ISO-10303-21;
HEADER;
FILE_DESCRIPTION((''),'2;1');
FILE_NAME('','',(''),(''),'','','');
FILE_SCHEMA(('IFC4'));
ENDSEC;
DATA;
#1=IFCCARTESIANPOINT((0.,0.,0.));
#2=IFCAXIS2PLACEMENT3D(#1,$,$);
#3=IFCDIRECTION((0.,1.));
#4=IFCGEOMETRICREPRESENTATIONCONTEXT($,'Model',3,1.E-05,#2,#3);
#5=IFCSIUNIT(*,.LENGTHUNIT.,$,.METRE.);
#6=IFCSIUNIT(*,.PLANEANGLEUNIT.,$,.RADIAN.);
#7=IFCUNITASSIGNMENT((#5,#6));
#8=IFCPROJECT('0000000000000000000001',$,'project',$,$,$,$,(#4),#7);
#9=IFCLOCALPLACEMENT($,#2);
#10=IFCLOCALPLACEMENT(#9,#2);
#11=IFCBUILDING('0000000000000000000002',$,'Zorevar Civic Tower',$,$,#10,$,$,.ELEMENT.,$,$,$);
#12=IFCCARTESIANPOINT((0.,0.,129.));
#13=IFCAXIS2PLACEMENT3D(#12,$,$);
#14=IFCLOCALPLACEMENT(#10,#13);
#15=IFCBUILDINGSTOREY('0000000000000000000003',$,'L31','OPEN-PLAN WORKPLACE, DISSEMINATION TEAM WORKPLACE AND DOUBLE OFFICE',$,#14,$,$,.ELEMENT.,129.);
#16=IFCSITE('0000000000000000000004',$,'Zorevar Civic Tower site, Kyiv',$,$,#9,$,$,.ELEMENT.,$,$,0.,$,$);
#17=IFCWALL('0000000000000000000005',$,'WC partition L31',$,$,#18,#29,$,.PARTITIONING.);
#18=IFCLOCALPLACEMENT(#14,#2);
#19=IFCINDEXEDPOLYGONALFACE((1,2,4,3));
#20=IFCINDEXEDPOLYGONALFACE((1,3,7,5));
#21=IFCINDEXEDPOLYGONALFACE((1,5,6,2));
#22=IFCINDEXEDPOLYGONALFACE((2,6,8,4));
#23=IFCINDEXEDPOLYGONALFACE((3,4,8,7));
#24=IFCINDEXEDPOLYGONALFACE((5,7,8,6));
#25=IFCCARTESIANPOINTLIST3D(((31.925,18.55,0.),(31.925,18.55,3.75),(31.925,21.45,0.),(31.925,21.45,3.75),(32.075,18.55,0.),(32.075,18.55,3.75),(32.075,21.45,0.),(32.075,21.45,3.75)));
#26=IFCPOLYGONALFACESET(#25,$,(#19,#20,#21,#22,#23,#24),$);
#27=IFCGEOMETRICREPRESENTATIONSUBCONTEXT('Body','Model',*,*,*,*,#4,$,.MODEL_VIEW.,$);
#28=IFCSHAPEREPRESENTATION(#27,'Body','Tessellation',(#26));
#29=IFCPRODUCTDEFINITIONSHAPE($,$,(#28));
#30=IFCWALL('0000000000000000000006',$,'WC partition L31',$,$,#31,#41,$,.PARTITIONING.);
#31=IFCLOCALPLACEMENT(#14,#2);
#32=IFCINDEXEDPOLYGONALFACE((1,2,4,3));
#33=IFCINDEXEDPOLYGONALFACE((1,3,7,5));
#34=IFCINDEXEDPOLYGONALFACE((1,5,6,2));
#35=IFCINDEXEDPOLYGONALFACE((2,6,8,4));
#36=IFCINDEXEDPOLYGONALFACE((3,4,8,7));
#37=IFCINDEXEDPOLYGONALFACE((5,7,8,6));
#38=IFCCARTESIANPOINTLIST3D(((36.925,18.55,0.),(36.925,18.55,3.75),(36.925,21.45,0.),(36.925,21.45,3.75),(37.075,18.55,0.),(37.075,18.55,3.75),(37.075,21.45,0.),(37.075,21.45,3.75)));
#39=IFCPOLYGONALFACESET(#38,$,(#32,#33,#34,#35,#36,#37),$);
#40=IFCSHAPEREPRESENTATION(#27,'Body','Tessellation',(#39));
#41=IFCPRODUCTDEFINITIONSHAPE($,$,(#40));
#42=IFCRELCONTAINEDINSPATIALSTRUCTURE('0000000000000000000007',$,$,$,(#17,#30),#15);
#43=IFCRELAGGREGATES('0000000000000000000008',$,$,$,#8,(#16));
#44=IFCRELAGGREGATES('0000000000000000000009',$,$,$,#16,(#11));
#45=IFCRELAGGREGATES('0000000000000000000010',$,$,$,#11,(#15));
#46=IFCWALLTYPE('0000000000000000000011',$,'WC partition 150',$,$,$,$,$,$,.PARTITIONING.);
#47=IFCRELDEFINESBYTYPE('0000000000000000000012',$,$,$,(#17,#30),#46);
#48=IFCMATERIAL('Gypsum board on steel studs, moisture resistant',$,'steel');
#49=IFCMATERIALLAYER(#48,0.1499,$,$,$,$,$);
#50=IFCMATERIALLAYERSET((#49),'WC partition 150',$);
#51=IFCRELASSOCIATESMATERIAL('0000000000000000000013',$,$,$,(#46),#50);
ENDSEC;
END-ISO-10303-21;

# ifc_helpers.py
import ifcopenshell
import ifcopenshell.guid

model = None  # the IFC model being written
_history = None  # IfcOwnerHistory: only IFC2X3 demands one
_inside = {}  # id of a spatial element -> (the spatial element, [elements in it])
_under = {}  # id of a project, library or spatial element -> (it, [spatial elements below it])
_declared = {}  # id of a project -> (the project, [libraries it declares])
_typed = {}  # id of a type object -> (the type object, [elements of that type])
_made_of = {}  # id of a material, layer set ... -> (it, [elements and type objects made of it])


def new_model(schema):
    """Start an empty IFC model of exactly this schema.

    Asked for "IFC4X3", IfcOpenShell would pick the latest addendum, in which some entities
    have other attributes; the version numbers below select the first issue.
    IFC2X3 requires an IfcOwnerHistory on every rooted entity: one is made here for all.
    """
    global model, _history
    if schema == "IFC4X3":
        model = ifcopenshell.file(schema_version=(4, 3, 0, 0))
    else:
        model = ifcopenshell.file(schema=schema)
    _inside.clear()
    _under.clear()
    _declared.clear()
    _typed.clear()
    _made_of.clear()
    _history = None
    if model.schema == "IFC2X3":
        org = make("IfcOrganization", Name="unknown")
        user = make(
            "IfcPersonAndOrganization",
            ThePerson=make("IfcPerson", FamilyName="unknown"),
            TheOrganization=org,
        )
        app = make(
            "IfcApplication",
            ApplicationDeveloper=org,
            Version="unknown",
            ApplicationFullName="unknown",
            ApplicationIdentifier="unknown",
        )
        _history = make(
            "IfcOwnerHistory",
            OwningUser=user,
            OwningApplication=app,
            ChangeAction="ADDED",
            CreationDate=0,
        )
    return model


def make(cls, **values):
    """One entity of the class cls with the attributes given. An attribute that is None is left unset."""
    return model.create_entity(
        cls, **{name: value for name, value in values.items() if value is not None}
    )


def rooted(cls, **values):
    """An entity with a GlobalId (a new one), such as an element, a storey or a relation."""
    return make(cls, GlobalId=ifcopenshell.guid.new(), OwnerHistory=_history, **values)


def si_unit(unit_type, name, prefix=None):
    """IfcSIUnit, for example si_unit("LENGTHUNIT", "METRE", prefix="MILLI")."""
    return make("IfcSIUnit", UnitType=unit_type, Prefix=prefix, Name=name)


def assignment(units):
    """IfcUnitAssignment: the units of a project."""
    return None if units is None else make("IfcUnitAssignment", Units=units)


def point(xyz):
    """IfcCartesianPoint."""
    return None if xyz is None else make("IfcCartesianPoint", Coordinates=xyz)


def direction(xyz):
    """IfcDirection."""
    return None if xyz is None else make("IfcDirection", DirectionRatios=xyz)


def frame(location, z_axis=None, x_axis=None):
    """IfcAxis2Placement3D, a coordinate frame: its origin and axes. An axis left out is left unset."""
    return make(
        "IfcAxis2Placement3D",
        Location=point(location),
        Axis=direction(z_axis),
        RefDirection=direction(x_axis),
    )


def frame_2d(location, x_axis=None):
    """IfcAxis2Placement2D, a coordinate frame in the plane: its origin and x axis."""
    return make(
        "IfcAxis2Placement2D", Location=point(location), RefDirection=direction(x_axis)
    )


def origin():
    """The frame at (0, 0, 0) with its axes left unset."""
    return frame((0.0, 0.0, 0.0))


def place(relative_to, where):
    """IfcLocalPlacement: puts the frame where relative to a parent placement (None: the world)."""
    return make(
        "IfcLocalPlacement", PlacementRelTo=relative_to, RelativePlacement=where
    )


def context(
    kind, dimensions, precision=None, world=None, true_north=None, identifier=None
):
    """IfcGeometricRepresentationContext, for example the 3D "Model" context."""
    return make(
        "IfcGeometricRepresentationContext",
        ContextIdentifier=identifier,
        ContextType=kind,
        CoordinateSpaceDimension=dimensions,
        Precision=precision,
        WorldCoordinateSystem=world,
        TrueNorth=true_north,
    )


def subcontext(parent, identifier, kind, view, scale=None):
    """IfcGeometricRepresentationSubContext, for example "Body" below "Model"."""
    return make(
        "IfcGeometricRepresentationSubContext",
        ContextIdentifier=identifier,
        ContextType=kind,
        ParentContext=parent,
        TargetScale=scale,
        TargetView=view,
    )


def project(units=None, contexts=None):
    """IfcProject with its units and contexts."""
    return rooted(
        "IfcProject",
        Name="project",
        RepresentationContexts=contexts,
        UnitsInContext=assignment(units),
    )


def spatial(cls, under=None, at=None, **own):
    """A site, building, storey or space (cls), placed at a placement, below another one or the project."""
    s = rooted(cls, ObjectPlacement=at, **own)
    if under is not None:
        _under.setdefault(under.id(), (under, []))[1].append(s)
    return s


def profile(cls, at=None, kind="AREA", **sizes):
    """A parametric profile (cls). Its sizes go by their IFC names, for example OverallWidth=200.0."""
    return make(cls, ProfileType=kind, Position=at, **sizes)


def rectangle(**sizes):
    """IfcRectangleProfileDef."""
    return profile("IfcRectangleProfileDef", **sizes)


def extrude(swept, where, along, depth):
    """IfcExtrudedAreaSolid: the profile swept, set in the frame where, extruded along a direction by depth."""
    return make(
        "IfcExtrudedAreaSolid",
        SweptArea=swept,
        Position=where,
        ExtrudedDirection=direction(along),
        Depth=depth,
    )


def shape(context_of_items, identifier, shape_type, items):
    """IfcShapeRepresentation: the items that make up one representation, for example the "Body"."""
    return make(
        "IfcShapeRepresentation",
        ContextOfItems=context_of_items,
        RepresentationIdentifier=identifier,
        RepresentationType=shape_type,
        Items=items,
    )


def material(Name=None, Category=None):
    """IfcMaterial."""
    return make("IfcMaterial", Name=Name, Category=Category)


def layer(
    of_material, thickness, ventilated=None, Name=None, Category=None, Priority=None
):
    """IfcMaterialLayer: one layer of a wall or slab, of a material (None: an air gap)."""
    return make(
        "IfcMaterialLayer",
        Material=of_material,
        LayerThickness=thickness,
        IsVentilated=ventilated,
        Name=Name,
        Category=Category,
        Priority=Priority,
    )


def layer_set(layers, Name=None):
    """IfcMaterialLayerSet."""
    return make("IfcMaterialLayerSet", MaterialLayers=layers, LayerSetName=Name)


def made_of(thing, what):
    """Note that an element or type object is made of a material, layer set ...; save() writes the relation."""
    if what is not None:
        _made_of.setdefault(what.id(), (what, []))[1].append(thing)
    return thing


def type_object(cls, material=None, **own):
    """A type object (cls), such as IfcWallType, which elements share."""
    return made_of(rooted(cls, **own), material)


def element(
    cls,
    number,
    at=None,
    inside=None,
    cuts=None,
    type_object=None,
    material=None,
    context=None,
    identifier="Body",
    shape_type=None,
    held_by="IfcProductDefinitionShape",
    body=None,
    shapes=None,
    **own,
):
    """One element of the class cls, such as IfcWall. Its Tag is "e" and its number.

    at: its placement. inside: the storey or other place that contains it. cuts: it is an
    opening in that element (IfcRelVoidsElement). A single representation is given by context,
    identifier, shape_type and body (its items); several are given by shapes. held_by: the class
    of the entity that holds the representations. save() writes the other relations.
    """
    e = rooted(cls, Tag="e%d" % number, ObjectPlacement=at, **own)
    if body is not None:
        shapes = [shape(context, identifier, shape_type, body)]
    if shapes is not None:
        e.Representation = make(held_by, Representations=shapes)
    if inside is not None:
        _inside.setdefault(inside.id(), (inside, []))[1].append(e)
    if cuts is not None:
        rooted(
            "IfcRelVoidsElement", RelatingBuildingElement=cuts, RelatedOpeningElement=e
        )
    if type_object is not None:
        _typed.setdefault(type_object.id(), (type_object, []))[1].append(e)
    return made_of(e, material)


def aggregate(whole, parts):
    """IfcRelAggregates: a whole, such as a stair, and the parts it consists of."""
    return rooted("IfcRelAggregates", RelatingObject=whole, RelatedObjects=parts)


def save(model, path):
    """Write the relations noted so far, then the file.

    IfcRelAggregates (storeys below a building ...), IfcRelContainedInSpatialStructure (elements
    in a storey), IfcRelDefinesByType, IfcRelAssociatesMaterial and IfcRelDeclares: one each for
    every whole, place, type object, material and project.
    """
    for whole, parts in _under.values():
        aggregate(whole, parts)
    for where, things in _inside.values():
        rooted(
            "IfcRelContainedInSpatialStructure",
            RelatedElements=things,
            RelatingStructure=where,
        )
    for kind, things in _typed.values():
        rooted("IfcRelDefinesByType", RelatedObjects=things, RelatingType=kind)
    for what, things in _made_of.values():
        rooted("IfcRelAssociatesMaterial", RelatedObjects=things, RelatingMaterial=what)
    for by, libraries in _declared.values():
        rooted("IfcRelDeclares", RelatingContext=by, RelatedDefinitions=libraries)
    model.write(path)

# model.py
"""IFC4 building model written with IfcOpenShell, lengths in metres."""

from ifc_helpers import new_model, si_unit, direction, frame, frame_2d, origin, place, context, subcontext, project, spatial, rectangle, extrude, material, layer, layer_set, type_object, element, save


model = new_model("IFC4")

# Units and contexts
model_context = context("Model", 3, precision=1e-05, world=origin(), true_north=direction((0.0, 1.0)))
body_context = subcontext(model_context, "Body", "Model", "MODEL_VIEW")
ifc_project = project(units=[si_unit("LENGTHUNIT", "METRE"), si_unit("PLANEANGLEUNIT", "RADIAN")], contexts=[model_context])

# Site, building, storey
site_placement = place(None, origin())
site = spatial("IfcSite", under=ifc_project, at=site_placement, Name="Zorevar Civic Tower site, Kyiv", CompositionType="ELEMENT", RefElevation=0.0)
building_placement = place(site_placement, origin())
building = spatial("IfcBuilding", under=site, at=building_placement, Name="Zorevar Civic Tower", CompositionType="ELEMENT")
storey_placement = place(building_placement, frame((0.0, 0.0, 129.0)))
storey = spatial("IfcBuildingStorey", under=building, at=storey_placement, Name="L31", Description="OPEN-PLAN WORKPLACE, DISSEMINATION TEAM WORKPLACE AND DOUBLE OFFICE", CompositionType="ELEMENT", Elevation=129.0)

# Walls
ifc_material_1 = material(Name="Gypsum board on steel studs, moisture resistant", Category="steel")
ifc_layer_1 = layer(ifc_material_1, 0.1499)
ifc_layer_set_1 = layer_set([ifc_layer_1], Name="WC partition 150")
wall_type_1 = type_object("IfcWallType", Name="WC partition 150", PredefinedType="PARTITIONING", material=ifc_layer_set_1)
for number, where, z_axis, x_axis, name in (
    (1, (32.0, 18.55, 0.0), (0.0, 0.0, 1.0), (0.0, 1.0, 0.0), "WC partition L31"),
    (2, (37.0, 18.55, 0.0), (0.0, 0.0, 1.0), (0.0, 1.0, 0.0), "WC partition L31"),
):
    element("IfcWall", number, at=place(storey_placement, frame(where, z_axis=z_axis, x_axis=x_axis)), inside=storey, type_object=wall_type_1, Name=name, PredefinedType="PARTITIONING", context=body_context, shape_type="SweptSolid", body=[
        extrude(rectangle(XDim=2.8999, YDim=0.1499, at=frame_2d((1.45, 0.0))), origin(), (0.0, 0.0, 1.0), 3.75),
    ])

save(model, "model.ifc")
